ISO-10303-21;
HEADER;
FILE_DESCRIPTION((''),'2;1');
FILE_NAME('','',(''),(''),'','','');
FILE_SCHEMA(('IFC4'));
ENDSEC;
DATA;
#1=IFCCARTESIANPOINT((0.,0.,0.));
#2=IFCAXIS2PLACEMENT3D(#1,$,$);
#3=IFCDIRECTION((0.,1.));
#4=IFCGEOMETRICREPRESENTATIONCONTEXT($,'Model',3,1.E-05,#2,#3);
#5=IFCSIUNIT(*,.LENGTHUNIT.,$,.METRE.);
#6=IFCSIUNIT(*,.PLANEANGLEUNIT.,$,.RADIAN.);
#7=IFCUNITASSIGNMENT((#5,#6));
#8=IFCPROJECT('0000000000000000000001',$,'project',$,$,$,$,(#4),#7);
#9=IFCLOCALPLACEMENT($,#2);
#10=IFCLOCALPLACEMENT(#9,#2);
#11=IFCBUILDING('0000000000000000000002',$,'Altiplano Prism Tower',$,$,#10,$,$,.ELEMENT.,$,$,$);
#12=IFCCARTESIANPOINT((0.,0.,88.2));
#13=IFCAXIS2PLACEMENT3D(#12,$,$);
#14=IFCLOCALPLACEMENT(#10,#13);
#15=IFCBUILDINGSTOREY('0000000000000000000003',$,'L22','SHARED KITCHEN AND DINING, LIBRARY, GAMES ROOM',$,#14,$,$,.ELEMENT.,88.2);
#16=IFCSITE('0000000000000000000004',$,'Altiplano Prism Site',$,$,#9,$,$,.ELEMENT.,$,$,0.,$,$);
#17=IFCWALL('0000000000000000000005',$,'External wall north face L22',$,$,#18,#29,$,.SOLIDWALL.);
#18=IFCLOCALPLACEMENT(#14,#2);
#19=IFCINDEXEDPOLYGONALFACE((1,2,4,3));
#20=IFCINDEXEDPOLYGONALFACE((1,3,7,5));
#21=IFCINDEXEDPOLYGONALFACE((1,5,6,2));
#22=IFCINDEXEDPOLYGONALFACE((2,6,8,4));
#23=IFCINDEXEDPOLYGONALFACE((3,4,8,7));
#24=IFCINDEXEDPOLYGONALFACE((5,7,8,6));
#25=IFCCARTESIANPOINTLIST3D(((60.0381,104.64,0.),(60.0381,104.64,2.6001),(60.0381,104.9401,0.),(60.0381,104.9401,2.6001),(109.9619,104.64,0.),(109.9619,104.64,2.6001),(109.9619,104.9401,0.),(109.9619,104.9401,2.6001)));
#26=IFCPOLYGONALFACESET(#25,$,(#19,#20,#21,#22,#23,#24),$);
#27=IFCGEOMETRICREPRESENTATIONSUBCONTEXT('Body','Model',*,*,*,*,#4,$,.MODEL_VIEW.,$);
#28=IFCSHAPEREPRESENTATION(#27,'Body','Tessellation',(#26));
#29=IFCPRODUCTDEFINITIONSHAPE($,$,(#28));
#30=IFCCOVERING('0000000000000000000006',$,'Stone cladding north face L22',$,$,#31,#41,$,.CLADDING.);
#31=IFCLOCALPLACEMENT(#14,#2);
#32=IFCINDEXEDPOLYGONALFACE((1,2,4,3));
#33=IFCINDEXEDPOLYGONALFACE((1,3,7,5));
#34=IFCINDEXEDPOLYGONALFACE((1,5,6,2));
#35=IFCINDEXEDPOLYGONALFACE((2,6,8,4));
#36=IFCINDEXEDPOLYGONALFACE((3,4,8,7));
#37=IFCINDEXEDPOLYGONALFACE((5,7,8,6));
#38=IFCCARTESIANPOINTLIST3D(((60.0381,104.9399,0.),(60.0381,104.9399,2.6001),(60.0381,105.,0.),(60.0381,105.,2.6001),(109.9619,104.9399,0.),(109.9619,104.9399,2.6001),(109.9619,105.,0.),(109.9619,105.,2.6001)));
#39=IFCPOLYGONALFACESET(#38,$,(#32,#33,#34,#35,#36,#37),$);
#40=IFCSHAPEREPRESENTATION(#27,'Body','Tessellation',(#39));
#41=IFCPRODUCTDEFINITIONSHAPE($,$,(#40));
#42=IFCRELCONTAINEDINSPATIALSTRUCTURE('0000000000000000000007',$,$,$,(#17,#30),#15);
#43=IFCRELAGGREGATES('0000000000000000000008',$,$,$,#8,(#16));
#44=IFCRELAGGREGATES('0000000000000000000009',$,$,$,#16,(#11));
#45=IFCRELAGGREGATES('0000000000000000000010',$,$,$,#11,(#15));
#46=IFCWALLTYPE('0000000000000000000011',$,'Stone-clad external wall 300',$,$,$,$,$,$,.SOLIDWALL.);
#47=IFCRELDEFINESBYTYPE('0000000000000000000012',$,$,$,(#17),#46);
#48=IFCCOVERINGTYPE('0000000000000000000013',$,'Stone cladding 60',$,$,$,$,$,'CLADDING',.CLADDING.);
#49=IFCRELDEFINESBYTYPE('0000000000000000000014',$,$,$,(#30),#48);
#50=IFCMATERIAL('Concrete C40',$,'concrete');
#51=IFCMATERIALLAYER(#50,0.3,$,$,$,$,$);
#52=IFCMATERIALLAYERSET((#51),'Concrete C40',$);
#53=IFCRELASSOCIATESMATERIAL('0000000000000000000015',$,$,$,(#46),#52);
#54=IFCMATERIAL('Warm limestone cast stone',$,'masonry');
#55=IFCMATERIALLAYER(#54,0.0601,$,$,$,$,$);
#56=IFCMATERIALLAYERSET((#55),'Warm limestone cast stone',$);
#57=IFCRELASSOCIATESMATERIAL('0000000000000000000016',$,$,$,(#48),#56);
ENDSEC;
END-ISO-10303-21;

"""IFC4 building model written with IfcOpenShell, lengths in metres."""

from ifc_helpers import new_model, si_unit, direction, frame, frame_2d, origin, place, context, subcontext, project, spatial, rectangle, extrude, material, layer, layer_set, type_object, element, save


model = new_model("IFC4")

# Units and contexts
model_context = context("Model", 3, precision=1e-05, world=origin(), true_north=direction((0.0, 1.0)))
body_context = subcontext(model_context, "Body", "Model", "MODEL_VIEW")
ifc_project = project(units=[si_unit("LENGTHUNIT", "METRE"), si_unit("PLANEANGLEUNIT", "RADIAN")], contexts=[model_context])

# Site, building, storey
site_placement = place(None, origin())
site = spatial("IfcSite", under=ifc_project, at=site_placement, Name="Altiplano Prism Site", CompositionType="ELEMENT", RefElevation=0.0)
building_placement = place(site_placement, origin())
building = spatial("IfcBuilding", under=site, at=building_placement, Name="Altiplano Prism Tower", CompositionType="ELEMENT")
storey_placement = place(building_placement, frame((0.0, 0.0, 88.2)))
storey = spatial("IfcBuildingStorey", under=building, at=storey_placement, Name="L22", Description="SHARED KITCHEN AND DINING, LIBRARY, GAMES ROOM", CompositionType="ELEMENT", Elevation=88.2)

# Wall
ifc_material_1 = material(Name="Concrete C40", Category="concrete")
ifc_layer_1 = layer(ifc_material_1, 0.3)
ifc_layer_set_1 = layer_set([ifc_layer_1], Name="Concrete C40")
wall_type_1 = type_object("IfcWallType", Name="Stone-clad external wall 300", PredefinedType="SOLIDWALL", material=ifc_layer_set_1)
wall_1_placement = place(storey_placement, frame((60.0381, 104.79, 0.0), z_axis=(0.0, 0.0, 1.0), x_axis=(1.0, 0.0, 0.0)))
element("IfcWall", 1, at=wall_1_placement, inside=storey, type_object=wall_type_1, Name="External wall north face L22", PredefinedType="SOLIDWALL", context=body_context, shape_type="SweptSolid", body=[
    extrude(rectangle(XDim=49.9238, YDim=0.3, at=frame_2d((24.9619, 0.0))), origin(), (0.0, 0.0, 1.0), 2.6001),
])

# Covering
ifc_material_2 = material(Name="Warm limestone cast stone", Category="masonry")
ifc_layer_2 = layer(ifc_material_2, 0.0601)
ifc_layer_set_2 = layer_set([ifc_layer_2], Name="Warm limestone cast stone")
covering_type = type_object("IfcCoveringType", Name="Stone cladding 60", ElementType="CLADDING", PredefinedType="CLADDING", material=ifc_layer_set_2)
covering_placement = place(storey_placement, frame((60.0381, 104.97, 0.0), z_axis=(0.0, 0.0, 1.0), x_axis=(1.0, 0.0, 0.0)))
element("IfcCovering", 2, at=covering_placement, inside=storey, type_object=covering_type, Name="Stone cladding north face L22", PredefinedType="CLADDING", context=body_context, shape_type="SweptSolid", body=[
    extrude(rectangle(XDim=49.9238, YDim=0.0601, at=frame_2d((24.9619, 0.0))), origin(), (0.0, 0.0, 1.0), 2.6001),
])

save(model, "model.ifc")
